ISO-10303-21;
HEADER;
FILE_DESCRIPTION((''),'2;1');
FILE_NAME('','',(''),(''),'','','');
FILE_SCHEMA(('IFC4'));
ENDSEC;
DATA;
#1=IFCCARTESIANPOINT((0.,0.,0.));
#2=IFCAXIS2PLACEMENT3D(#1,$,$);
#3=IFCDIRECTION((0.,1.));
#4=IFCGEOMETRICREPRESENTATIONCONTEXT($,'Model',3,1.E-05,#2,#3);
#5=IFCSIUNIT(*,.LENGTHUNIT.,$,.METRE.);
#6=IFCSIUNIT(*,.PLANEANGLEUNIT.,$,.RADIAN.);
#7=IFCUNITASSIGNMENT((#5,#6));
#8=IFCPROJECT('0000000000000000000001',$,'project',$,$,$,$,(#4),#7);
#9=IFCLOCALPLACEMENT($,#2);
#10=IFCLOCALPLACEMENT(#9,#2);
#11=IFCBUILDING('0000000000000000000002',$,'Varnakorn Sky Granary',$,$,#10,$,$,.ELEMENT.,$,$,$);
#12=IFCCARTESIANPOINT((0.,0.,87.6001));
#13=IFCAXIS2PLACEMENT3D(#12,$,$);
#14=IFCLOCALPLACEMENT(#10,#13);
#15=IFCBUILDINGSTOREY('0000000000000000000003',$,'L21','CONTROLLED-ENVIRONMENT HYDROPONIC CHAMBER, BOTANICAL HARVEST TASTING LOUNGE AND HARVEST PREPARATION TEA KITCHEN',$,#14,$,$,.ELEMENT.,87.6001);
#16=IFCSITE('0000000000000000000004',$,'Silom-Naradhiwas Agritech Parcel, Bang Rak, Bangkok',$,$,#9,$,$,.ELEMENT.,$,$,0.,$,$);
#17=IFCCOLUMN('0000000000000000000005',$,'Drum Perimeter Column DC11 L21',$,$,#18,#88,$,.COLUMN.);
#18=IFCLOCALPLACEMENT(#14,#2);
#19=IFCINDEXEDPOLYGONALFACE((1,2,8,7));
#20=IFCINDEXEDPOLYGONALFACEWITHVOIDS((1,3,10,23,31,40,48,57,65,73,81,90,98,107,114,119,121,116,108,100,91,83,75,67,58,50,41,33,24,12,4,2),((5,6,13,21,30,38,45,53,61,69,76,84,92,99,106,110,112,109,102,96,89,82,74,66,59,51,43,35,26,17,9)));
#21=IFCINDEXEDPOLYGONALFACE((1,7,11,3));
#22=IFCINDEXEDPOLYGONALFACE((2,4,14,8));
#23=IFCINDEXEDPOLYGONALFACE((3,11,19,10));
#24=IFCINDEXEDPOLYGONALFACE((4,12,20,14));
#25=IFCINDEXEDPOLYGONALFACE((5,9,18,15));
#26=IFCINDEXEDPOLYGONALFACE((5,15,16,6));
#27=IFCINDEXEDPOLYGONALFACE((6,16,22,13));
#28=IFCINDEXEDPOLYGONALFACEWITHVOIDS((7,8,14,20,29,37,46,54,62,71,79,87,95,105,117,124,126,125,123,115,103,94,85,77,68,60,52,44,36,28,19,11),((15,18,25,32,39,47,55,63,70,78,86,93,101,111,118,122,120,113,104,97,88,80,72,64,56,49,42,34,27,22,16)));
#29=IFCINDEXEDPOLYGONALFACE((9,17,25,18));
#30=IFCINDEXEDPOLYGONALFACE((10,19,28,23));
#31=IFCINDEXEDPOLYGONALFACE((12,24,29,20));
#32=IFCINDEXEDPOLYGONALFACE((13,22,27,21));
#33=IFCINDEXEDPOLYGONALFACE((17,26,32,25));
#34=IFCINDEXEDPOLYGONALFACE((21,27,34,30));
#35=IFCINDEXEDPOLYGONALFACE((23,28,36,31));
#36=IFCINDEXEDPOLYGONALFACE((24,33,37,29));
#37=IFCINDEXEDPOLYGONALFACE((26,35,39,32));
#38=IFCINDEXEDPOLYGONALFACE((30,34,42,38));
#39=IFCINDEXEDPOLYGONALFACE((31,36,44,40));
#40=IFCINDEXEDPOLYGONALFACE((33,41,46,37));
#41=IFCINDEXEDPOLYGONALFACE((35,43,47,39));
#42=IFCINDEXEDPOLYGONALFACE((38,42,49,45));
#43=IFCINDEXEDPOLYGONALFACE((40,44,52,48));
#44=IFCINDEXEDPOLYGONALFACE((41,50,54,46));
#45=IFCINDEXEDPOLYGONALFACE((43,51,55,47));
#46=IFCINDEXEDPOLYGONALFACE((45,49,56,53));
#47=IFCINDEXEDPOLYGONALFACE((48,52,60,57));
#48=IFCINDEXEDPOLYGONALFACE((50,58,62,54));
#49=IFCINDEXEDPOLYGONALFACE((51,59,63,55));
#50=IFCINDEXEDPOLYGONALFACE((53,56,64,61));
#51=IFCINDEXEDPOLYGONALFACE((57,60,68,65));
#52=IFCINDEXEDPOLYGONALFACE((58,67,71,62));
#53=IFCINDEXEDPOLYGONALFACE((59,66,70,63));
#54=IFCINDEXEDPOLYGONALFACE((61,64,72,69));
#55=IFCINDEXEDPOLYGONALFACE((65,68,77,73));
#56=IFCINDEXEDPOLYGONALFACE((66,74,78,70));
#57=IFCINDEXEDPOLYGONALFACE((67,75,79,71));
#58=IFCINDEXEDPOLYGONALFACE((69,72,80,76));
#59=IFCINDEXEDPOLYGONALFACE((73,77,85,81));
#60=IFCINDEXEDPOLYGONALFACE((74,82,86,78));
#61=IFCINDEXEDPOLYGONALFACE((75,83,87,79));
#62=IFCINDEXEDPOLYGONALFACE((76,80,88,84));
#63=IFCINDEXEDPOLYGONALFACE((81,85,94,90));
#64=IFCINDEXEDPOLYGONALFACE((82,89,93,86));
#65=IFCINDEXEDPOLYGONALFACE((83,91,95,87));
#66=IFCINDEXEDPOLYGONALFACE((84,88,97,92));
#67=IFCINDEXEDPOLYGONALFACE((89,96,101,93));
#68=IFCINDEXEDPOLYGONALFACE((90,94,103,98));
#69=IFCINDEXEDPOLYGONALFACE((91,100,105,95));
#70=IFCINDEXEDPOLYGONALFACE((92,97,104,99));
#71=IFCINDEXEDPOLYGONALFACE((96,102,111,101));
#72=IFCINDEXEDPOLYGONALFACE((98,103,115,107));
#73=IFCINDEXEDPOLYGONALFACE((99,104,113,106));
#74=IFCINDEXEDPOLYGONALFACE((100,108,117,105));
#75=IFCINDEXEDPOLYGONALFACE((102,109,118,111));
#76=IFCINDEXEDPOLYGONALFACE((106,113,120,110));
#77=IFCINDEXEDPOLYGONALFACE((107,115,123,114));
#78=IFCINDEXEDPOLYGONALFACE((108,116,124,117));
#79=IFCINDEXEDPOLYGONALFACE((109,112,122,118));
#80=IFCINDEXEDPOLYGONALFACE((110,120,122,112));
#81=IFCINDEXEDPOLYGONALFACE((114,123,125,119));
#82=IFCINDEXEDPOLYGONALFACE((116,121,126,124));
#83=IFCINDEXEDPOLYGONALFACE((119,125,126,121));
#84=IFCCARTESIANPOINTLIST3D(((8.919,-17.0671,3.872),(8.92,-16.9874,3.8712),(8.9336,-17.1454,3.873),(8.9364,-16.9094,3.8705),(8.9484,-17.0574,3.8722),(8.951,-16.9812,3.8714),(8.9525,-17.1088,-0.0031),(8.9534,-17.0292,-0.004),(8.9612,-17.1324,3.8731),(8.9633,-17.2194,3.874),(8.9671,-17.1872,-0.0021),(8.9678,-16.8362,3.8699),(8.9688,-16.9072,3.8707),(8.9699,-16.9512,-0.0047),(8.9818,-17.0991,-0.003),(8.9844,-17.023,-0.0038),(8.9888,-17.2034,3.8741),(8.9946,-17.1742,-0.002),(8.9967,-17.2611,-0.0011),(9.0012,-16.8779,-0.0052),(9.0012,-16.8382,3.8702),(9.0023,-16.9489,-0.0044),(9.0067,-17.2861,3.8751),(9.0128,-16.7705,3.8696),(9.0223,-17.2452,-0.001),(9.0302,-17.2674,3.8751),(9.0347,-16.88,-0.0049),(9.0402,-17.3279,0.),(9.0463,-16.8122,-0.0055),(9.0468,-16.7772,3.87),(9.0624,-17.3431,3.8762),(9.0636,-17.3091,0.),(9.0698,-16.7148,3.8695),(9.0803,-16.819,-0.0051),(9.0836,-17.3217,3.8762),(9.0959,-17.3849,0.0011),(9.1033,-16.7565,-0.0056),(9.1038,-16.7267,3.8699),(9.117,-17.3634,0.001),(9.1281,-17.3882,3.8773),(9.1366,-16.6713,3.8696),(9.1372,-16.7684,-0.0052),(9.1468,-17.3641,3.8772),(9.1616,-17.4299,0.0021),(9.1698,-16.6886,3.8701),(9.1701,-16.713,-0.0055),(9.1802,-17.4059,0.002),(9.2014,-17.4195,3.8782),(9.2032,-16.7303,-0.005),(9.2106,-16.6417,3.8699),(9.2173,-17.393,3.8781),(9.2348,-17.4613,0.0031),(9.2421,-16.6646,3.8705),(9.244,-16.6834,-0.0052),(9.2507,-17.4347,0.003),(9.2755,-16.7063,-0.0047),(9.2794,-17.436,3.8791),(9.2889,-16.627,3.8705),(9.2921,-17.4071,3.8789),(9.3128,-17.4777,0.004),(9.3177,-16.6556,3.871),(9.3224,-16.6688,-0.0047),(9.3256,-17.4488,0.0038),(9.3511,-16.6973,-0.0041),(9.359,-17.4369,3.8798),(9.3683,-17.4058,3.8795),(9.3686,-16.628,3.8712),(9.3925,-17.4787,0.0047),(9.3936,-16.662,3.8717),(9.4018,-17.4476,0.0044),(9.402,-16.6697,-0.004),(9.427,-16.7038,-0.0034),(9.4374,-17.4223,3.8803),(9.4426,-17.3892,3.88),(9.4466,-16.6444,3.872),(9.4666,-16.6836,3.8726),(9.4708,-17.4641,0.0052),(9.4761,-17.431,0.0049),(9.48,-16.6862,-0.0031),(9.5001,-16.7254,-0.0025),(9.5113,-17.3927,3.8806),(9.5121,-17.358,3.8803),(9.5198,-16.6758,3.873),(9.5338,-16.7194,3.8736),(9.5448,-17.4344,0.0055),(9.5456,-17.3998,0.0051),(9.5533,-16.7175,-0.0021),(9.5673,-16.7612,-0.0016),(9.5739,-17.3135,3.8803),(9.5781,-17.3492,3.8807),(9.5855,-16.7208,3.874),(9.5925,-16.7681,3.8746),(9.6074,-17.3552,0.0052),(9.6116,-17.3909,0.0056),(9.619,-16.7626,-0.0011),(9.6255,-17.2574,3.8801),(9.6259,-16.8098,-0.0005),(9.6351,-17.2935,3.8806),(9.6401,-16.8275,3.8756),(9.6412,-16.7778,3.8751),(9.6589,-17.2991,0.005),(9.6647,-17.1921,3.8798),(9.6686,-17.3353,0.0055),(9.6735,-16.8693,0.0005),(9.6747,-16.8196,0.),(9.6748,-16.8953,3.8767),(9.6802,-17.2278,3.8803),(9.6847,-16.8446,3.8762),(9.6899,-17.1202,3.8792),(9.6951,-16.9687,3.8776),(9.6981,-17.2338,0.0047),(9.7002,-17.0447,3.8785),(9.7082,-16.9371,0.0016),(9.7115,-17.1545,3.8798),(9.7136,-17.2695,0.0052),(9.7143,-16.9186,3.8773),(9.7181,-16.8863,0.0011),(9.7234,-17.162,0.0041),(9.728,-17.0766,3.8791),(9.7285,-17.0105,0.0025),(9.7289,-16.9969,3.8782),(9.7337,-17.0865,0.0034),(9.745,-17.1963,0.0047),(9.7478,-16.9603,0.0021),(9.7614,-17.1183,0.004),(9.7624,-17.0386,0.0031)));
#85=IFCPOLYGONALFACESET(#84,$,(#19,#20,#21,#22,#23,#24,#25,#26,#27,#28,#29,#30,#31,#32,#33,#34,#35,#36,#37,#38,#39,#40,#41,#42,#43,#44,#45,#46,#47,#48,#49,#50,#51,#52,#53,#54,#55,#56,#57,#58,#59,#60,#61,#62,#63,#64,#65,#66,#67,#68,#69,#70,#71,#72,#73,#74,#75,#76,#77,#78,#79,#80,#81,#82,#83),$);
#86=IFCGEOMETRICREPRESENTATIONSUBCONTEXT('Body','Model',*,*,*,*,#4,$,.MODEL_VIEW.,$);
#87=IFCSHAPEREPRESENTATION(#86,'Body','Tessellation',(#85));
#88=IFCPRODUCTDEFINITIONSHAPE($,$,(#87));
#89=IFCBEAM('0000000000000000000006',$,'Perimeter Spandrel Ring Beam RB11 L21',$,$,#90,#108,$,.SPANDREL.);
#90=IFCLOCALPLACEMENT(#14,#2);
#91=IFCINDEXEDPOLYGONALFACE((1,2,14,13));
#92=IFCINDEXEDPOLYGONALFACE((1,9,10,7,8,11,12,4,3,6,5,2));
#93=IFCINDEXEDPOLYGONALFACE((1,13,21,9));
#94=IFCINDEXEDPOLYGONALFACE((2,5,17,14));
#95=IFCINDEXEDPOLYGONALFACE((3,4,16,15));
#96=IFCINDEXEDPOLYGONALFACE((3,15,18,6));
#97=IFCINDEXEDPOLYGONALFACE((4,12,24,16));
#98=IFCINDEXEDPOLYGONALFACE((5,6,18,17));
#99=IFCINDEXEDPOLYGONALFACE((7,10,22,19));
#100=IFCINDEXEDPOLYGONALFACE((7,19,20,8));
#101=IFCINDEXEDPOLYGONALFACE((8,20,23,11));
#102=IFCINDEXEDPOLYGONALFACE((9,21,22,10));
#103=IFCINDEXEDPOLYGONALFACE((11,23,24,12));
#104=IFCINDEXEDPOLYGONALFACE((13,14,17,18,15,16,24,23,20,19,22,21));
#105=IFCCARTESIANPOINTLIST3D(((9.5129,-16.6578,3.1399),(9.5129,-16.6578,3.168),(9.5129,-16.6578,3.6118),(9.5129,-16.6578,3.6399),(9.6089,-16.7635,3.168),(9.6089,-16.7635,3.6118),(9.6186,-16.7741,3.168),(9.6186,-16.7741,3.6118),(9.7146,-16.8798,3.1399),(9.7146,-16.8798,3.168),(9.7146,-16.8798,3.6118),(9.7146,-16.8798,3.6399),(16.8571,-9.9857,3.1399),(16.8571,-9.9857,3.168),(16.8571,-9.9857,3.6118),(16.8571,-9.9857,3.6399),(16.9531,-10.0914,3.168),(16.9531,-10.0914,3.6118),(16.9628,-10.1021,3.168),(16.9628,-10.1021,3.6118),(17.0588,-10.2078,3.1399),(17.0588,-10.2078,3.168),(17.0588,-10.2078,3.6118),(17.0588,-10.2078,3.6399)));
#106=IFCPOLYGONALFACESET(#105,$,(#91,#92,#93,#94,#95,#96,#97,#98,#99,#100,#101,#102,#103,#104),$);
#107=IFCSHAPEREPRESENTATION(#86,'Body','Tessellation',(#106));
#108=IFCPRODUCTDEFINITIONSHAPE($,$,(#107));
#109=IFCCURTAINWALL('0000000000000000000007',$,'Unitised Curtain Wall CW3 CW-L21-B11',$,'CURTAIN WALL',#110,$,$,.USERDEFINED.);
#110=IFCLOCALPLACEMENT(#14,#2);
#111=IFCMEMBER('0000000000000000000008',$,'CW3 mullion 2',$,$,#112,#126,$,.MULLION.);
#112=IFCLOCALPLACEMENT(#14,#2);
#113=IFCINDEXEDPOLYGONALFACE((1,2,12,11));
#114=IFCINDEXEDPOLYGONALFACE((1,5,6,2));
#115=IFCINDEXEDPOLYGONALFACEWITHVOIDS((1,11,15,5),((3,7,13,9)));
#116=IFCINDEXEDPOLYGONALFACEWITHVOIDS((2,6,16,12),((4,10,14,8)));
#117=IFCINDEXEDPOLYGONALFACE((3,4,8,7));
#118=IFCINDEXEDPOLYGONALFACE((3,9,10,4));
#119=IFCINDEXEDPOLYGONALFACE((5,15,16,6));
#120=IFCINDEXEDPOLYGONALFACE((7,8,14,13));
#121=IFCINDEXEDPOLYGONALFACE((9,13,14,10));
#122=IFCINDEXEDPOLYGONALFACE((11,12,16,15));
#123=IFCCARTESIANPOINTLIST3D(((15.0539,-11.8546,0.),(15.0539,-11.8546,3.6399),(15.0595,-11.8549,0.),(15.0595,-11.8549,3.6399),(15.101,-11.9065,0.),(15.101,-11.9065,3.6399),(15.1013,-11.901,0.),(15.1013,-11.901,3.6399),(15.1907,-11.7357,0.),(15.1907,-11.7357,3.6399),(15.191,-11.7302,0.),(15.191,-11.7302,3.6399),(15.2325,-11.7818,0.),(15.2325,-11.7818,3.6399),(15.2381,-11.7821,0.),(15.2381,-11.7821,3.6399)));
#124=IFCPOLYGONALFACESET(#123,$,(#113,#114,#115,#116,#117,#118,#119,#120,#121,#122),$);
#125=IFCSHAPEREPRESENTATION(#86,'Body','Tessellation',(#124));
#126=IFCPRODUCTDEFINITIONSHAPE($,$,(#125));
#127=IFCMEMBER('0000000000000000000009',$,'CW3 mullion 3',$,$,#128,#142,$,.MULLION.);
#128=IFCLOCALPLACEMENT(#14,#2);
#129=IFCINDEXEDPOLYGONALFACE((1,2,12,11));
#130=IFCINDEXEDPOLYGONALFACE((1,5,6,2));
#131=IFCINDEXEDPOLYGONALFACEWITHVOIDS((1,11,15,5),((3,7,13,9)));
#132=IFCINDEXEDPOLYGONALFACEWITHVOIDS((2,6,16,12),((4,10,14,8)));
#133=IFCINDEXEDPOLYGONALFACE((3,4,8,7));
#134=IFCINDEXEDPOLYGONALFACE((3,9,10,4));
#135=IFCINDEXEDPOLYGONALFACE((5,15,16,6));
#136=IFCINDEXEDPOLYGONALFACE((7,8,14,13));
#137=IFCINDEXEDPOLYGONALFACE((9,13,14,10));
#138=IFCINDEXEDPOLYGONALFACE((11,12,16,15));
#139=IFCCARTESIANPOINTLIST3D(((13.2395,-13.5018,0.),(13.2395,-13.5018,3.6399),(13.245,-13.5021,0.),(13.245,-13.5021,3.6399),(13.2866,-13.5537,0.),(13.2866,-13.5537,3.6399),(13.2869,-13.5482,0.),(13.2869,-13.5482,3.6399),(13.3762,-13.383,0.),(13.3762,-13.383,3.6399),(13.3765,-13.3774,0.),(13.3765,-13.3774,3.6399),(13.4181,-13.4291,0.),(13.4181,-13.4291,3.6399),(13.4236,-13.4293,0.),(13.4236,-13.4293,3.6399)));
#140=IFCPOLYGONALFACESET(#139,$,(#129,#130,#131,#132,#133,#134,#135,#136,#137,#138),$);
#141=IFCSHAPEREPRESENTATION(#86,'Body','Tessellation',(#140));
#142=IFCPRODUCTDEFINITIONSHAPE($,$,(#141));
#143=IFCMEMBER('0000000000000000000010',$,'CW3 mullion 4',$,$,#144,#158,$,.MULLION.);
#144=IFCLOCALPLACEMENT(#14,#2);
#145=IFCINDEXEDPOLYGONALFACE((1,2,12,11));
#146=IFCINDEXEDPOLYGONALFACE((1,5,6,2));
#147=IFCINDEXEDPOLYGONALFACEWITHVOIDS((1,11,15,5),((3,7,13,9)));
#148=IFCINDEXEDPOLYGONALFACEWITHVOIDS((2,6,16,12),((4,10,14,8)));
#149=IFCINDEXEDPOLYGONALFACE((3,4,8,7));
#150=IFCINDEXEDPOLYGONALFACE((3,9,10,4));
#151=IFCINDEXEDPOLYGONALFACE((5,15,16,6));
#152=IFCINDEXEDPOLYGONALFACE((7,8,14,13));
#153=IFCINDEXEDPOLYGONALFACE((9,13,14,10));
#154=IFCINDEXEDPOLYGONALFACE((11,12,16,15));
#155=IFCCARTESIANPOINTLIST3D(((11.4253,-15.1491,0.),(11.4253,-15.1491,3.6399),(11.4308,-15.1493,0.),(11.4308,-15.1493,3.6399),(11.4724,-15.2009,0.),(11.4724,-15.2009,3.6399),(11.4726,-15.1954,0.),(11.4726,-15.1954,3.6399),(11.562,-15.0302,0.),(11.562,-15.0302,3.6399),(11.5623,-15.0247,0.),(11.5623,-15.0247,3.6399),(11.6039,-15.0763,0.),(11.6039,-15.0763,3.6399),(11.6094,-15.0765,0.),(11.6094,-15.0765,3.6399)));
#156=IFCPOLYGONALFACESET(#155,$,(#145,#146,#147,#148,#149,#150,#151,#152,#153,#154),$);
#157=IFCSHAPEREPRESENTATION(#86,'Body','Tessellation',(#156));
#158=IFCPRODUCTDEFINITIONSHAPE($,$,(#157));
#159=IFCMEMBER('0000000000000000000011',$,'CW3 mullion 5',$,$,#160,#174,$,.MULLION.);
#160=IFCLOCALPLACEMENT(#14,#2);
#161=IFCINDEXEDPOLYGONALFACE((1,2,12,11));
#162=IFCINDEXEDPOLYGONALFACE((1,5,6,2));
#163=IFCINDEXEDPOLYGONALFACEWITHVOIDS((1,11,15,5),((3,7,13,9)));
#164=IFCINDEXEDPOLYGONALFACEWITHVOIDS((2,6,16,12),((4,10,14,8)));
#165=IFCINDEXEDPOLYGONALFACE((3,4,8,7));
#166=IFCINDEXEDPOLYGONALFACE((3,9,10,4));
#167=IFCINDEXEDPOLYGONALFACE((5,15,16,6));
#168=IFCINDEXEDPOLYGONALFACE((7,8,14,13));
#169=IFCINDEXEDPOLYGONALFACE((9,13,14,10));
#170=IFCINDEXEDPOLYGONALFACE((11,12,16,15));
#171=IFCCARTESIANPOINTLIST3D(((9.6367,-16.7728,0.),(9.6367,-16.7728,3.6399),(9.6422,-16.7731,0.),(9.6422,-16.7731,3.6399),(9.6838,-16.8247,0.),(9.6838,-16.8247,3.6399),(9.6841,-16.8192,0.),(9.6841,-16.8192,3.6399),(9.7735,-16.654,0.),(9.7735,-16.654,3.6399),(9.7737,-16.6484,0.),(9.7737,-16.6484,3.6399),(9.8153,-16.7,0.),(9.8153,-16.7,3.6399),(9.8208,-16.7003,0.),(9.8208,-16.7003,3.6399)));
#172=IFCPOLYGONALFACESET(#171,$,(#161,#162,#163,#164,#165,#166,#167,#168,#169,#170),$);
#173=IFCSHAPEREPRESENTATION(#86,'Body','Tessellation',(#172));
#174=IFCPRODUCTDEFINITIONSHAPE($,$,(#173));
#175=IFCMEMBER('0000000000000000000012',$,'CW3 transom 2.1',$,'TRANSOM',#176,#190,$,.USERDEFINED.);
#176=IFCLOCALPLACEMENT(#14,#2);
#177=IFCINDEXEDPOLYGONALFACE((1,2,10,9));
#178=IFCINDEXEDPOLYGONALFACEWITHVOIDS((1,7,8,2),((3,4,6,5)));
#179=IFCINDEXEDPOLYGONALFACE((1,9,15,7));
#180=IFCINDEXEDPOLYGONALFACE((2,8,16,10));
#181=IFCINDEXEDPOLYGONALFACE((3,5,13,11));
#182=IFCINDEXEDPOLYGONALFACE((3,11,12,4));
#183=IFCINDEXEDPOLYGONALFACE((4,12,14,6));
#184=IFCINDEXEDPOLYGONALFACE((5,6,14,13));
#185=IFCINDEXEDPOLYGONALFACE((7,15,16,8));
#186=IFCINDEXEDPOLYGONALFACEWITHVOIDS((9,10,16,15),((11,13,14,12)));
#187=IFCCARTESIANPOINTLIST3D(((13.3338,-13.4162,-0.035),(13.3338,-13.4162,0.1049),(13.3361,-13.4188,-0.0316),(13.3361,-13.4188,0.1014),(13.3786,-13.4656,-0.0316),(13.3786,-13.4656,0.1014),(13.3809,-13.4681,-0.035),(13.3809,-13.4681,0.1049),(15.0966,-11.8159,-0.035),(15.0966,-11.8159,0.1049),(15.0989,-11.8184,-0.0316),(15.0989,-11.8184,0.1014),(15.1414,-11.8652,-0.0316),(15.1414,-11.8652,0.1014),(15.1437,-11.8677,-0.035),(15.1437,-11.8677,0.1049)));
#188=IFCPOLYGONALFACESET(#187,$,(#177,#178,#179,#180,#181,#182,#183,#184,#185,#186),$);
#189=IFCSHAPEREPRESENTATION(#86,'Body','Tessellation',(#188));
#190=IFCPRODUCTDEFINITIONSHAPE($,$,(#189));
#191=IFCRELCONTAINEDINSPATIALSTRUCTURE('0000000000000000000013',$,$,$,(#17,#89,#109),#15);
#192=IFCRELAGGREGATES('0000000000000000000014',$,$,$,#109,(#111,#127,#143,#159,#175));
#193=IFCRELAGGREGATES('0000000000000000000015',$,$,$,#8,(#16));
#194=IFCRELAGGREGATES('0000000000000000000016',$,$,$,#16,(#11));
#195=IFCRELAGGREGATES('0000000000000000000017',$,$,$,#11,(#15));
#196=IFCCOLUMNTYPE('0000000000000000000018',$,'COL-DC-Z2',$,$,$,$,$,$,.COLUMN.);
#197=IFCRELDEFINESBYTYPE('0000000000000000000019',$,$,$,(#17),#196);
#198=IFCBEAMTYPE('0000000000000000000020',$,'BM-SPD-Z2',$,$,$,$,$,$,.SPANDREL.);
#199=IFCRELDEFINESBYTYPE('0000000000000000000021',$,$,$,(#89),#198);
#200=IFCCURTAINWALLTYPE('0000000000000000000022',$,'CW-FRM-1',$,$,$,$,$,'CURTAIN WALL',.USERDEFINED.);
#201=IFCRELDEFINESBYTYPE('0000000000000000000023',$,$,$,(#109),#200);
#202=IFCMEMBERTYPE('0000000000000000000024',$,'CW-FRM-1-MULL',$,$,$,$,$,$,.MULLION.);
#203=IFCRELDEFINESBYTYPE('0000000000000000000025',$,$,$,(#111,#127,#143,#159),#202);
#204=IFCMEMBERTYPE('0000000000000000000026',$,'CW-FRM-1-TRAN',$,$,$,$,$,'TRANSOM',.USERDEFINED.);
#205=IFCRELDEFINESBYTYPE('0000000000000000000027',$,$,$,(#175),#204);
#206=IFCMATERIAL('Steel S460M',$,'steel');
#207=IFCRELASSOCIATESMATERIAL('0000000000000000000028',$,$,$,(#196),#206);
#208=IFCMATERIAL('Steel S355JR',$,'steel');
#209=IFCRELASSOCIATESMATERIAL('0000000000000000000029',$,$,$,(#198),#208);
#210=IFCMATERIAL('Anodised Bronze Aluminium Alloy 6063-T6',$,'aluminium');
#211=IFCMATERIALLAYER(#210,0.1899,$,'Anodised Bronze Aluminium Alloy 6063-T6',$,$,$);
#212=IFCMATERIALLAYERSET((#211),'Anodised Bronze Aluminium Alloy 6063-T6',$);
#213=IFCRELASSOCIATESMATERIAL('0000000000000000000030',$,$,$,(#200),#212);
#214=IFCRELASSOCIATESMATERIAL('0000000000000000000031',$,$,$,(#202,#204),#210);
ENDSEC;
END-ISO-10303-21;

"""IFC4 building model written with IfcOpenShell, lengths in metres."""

from ifc_helpers import new_model, si_unit, direction, frame, origin, origin_2d, place, context, subcontext, project, spatial, hollow_rectangle, hollow_circle, i_section, extrude, material, layer, layer_set, material_profile, profile_set, type_object, element, aggregate, save


model = new_model("IFC4")

# Units and contexts
model_context = context("Model", 3, precision=1e-05, world=origin(), true_north=direction((0.0, 1.0)))
body_context = subcontext(model_context, "Body", "Model", "MODEL_VIEW")
ifc_project = project(units=[si_unit("LENGTHUNIT", "METRE"), si_unit("PLANEANGLEUNIT", "RADIAN")], contexts=[model_context])

# Site, building, storey
site_placement = place(None, origin())
site = spatial("IfcSite", under=ifc_project, at=site_placement, Name="Silom-Naradhiwas Agritech Parcel, Bang Rak, Bangkok", CompositionType="ELEMENT", RefElevation=0.0)
building_placement = place(site_placement, origin())
building = spatial("IfcBuilding", under=site, at=building_placement, Name="Varnakorn Sky Granary", CompositionType="ELEMENT")
storey_placement = place(building_placement, frame((0.0, 0.0, 87.6001)))
storey = spatial("IfcBuildingStorey", under=building, at=storey_placement, Name="L21", Description="CONTROLLED-ENVIRONMENT HYDROPONIC CHAMBER, BOTANICAL HARVEST TASTING LOUNGE AND HARVEST PREPARATION TEA KITCHEN", CompositionType="ELEMENT", Elevation=87.6001)

# Column
ifc_material_1 = material(Name="Steel S460M", Category="steel")
ifc_material_profile_1 = material_profile(ifc_material_1, hollow_circle(Radius=0.4065, WallThickness=0.03, at=origin_2d()), Name="CHS 813x30")
ifc_profile_set_1 = profile_set([ifc_material_profile_1], Name="Steel S460M")
column_type = type_object("IfcColumnType", Name="COL-DC-Z2", PredefinedType="COLUMN", material=ifc_profile_set_1)
column_placement = place(storey_placement, frame((9.3574, -17.0737, 0.0), z_axis=(-0.008631, 0.010773, 0.999905), x_axis=(-0.780423, -0.625251, 0.0)))
element("IfcColumn", 1, at=column_placement, inside=storey, type_object=column_type, Name="Drum Perimeter Column DC11 L21", PredefinedType="COLUMN", context=body_context, shape_type="SweptSolid", body=[
    extrude(hollow_circle(Radius=0.4065, WallThickness=0.03, at=origin_2d()), origin(), (0.0, 0.0, 1.0), 3.8755),
])

# Beam
ifc_material_2 = material(Name="Steel S355JR", Category="steel")
ifc_material_profile_2 = material_profile(ifc_material_2, i_section(OverallWidth=0.3, OverallDepth=0.5, WebThickness=0.0144, FlangeThickness=0.0281, at=origin_2d()), Name="HE 500 B")
ifc_profile_set_2 = profile_set([ifc_material_profile_2], Name="Steel S355JR")
beam_type = type_object("IfcBeamType", Name="BM-SPD-Z2", PredefinedType="SPANDREL", material=ifc_profile_set_2)
beam_placement = place(storey_placement, frame((9.6138, -16.7688, 3.3899), z_axis=(0.740164, 0.672427, 0.0), x_axis=(-0.672427, 0.740164, 0.0)))
element("IfcBeam", 2, at=beam_placement, inside=storey, type_object=beam_type, Name="Perimeter Spandrel Ring Beam RB11 L21", PredefinedType="SPANDREL", context=body_context, shape_type="SweptSolid", body=[
    extrude(i_section(OverallWidth=0.3, OverallDepth=0.5, WebThickness=0.0144, FlangeThickness=0.0281, at=origin_2d()), origin(), (0.0, 0.0, 1.0), 9.9224),
])

# Curtain wall, members
ifc_material_3 = material(Name="Anodised Bronze Aluminium Alloy 6063-T6", Category="aluminium")
ifc_layer_1 = layer(ifc_material_3, 0.1899, Name="Anodised Bronze Aluminium Alloy 6063-T6")
ifc_layer_set_1 = layer_set([ifc_layer_1], Name="Anodised Bronze Aluminium Alloy 6063-T6")
curtain_wall_type = type_object("IfcCurtainWallType", Name="CW-FRM-1", ElementType="CURTAIN WALL", PredefinedType="USERDEFINED", material=ifc_layer_set_1)
curtain_wall_placement = place(storey_placement, origin())
curtain_wall = element("IfcCurtainWall", 3, at=curtain_wall_placement, inside=storey, type_object=curtain_wall_type, Name="Unitised Curtain Wall CW3 CW-L21-B11", ObjectType="CURTAIN WALL", PredefinedType="USERDEFINED")
ifc_material_profile_3 = material_profile(ifc_material_3, hollow_rectangle(XDim=0.0701, YDim=0.1851, WallThickness=0.0039, at=origin_2d()), Name="ALU MULL 70x185")
ifc_profile_set_3 = profile_set([ifc_material_profile_3], Name="Anodised Bronze Aluminium Alloy 6063-T6")
member_type_1 = type_object("IfcMemberType", Name="CW-FRM-1-MULL", PredefinedType="MULLION", material=ifc_profile_set_3)
member_1_placement = place(storey_placement, frame((15.146, -11.8184, 0.0), z_axis=(0.0, 0.0, 1.0), x_axis=(0.67219, -0.740378, 0.0)))
member_1 = element("IfcMember", 4, at=member_1_placement, type_object=member_type_1, Name="CW3 mullion 2", PredefinedType="MULLION", context=body_context, shape_type="SweptSolid", body=[
    extrude(hollow_rectangle(XDim=0.0701, YDim=0.1851, WallThickness=0.0039, at=origin_2d()), origin(), (0.0, 0.0, 1.0), 3.6399),
])
member_2_placement = place(storey_placement, frame((13.3315, -13.4656, 0.0), z_axis=(0.0, 0.0, 1.0), x_axis=(0.67219, -0.740378, 0.0)))
member_2 = element("IfcMember", 5, at=member_2_placement, type_object=member_type_1, Name="CW3 mullion 3", PredefinedType="MULLION", context=body_context, shape_type="SweptSolid", body=[
    extrude(hollow_rectangle(XDim=0.0701, YDim=0.1851, WallThickness=0.0039, at=origin_2d()), origin(), (0.0, 0.0, 1.0), 3.6399),
])
member_3_placement = place(storey_placement, frame((11.5173, -15.1128, 0.0), z_axis=(0.0, 0.0, 1.0), x_axis=(0.67219, -0.740378, 0.0)))
member_3 = element("IfcMember", 6, at=member_3_placement, type_object=member_type_1, Name="CW3 mullion 4", PredefinedType="MULLION", context=body_context, shape_type="SweptSolid", body=[
    extrude(hollow_rectangle(XDim=0.0701, YDim=0.1851, WallThickness=0.0039, at=origin_2d()), origin(), (0.0, 0.0, 1.0), 3.6399),
])
member_4_placement = place(storey_placement, frame((9.7288, -16.7366, 0.0), z_axis=(0.0, 0.0, 1.0), x_axis=(0.67219, -0.740378, 0.0)))
member_4 = element("IfcMember", 7, at=member_4_placement, type_object=member_type_1, Name="CW3 mullion 5", PredefinedType="MULLION", context=body_context, shape_type="SweptSolid", body=[
    extrude(hollow_rectangle(XDim=0.0701, YDim=0.1851, WallThickness=0.0039, at=origin_2d()), origin(), (0.0, 0.0, 1.0), 3.6399),
])
ifc_material_profile_4 = material_profile(ifc_material_3, hollow_rectangle(XDim=0.0701, YDim=0.1399, WallThickness=0.0034, at=origin_2d()), Name="ALU TRAN 70x140")
ifc_profile_set_4 = profile_set([ifc_material_profile_4], Name="Anodised Bronze Aluminium Alloy 6063-T6")
member_type_2 = type_object("IfcMemberType", Name="CW-FRM-1-TRAN", ElementType="TRANSOM", PredefinedType="USERDEFINED", material=ifc_profile_set_4)
member_5_placement = place(storey_placement, frame((15.1201, -11.8418, 0.0349), z_axis=(-0.740381, -0.672188, 0.0), x_axis=(0.672188, -0.740381, 0.0)))
member_5 = element("IfcMember", 8, at=member_5_placement, type_object=member_type_2, Name="CW3 transom 2.1", ObjectType="TRANSOM", PredefinedType="USERDEFINED", context=body_context, shape_type="SweptSolid", body=[
    extrude(hollow_rectangle(XDim=0.0701, YDim=0.1399, WallThickness=0.0034, at=origin_2d()), origin(), (0.0, 0.0, 1.0), 2.3809),
])

aggregate(curtain_wall, [member_1, member_2, member_3, member_4, member_5])

save(model, "model.ifc")
